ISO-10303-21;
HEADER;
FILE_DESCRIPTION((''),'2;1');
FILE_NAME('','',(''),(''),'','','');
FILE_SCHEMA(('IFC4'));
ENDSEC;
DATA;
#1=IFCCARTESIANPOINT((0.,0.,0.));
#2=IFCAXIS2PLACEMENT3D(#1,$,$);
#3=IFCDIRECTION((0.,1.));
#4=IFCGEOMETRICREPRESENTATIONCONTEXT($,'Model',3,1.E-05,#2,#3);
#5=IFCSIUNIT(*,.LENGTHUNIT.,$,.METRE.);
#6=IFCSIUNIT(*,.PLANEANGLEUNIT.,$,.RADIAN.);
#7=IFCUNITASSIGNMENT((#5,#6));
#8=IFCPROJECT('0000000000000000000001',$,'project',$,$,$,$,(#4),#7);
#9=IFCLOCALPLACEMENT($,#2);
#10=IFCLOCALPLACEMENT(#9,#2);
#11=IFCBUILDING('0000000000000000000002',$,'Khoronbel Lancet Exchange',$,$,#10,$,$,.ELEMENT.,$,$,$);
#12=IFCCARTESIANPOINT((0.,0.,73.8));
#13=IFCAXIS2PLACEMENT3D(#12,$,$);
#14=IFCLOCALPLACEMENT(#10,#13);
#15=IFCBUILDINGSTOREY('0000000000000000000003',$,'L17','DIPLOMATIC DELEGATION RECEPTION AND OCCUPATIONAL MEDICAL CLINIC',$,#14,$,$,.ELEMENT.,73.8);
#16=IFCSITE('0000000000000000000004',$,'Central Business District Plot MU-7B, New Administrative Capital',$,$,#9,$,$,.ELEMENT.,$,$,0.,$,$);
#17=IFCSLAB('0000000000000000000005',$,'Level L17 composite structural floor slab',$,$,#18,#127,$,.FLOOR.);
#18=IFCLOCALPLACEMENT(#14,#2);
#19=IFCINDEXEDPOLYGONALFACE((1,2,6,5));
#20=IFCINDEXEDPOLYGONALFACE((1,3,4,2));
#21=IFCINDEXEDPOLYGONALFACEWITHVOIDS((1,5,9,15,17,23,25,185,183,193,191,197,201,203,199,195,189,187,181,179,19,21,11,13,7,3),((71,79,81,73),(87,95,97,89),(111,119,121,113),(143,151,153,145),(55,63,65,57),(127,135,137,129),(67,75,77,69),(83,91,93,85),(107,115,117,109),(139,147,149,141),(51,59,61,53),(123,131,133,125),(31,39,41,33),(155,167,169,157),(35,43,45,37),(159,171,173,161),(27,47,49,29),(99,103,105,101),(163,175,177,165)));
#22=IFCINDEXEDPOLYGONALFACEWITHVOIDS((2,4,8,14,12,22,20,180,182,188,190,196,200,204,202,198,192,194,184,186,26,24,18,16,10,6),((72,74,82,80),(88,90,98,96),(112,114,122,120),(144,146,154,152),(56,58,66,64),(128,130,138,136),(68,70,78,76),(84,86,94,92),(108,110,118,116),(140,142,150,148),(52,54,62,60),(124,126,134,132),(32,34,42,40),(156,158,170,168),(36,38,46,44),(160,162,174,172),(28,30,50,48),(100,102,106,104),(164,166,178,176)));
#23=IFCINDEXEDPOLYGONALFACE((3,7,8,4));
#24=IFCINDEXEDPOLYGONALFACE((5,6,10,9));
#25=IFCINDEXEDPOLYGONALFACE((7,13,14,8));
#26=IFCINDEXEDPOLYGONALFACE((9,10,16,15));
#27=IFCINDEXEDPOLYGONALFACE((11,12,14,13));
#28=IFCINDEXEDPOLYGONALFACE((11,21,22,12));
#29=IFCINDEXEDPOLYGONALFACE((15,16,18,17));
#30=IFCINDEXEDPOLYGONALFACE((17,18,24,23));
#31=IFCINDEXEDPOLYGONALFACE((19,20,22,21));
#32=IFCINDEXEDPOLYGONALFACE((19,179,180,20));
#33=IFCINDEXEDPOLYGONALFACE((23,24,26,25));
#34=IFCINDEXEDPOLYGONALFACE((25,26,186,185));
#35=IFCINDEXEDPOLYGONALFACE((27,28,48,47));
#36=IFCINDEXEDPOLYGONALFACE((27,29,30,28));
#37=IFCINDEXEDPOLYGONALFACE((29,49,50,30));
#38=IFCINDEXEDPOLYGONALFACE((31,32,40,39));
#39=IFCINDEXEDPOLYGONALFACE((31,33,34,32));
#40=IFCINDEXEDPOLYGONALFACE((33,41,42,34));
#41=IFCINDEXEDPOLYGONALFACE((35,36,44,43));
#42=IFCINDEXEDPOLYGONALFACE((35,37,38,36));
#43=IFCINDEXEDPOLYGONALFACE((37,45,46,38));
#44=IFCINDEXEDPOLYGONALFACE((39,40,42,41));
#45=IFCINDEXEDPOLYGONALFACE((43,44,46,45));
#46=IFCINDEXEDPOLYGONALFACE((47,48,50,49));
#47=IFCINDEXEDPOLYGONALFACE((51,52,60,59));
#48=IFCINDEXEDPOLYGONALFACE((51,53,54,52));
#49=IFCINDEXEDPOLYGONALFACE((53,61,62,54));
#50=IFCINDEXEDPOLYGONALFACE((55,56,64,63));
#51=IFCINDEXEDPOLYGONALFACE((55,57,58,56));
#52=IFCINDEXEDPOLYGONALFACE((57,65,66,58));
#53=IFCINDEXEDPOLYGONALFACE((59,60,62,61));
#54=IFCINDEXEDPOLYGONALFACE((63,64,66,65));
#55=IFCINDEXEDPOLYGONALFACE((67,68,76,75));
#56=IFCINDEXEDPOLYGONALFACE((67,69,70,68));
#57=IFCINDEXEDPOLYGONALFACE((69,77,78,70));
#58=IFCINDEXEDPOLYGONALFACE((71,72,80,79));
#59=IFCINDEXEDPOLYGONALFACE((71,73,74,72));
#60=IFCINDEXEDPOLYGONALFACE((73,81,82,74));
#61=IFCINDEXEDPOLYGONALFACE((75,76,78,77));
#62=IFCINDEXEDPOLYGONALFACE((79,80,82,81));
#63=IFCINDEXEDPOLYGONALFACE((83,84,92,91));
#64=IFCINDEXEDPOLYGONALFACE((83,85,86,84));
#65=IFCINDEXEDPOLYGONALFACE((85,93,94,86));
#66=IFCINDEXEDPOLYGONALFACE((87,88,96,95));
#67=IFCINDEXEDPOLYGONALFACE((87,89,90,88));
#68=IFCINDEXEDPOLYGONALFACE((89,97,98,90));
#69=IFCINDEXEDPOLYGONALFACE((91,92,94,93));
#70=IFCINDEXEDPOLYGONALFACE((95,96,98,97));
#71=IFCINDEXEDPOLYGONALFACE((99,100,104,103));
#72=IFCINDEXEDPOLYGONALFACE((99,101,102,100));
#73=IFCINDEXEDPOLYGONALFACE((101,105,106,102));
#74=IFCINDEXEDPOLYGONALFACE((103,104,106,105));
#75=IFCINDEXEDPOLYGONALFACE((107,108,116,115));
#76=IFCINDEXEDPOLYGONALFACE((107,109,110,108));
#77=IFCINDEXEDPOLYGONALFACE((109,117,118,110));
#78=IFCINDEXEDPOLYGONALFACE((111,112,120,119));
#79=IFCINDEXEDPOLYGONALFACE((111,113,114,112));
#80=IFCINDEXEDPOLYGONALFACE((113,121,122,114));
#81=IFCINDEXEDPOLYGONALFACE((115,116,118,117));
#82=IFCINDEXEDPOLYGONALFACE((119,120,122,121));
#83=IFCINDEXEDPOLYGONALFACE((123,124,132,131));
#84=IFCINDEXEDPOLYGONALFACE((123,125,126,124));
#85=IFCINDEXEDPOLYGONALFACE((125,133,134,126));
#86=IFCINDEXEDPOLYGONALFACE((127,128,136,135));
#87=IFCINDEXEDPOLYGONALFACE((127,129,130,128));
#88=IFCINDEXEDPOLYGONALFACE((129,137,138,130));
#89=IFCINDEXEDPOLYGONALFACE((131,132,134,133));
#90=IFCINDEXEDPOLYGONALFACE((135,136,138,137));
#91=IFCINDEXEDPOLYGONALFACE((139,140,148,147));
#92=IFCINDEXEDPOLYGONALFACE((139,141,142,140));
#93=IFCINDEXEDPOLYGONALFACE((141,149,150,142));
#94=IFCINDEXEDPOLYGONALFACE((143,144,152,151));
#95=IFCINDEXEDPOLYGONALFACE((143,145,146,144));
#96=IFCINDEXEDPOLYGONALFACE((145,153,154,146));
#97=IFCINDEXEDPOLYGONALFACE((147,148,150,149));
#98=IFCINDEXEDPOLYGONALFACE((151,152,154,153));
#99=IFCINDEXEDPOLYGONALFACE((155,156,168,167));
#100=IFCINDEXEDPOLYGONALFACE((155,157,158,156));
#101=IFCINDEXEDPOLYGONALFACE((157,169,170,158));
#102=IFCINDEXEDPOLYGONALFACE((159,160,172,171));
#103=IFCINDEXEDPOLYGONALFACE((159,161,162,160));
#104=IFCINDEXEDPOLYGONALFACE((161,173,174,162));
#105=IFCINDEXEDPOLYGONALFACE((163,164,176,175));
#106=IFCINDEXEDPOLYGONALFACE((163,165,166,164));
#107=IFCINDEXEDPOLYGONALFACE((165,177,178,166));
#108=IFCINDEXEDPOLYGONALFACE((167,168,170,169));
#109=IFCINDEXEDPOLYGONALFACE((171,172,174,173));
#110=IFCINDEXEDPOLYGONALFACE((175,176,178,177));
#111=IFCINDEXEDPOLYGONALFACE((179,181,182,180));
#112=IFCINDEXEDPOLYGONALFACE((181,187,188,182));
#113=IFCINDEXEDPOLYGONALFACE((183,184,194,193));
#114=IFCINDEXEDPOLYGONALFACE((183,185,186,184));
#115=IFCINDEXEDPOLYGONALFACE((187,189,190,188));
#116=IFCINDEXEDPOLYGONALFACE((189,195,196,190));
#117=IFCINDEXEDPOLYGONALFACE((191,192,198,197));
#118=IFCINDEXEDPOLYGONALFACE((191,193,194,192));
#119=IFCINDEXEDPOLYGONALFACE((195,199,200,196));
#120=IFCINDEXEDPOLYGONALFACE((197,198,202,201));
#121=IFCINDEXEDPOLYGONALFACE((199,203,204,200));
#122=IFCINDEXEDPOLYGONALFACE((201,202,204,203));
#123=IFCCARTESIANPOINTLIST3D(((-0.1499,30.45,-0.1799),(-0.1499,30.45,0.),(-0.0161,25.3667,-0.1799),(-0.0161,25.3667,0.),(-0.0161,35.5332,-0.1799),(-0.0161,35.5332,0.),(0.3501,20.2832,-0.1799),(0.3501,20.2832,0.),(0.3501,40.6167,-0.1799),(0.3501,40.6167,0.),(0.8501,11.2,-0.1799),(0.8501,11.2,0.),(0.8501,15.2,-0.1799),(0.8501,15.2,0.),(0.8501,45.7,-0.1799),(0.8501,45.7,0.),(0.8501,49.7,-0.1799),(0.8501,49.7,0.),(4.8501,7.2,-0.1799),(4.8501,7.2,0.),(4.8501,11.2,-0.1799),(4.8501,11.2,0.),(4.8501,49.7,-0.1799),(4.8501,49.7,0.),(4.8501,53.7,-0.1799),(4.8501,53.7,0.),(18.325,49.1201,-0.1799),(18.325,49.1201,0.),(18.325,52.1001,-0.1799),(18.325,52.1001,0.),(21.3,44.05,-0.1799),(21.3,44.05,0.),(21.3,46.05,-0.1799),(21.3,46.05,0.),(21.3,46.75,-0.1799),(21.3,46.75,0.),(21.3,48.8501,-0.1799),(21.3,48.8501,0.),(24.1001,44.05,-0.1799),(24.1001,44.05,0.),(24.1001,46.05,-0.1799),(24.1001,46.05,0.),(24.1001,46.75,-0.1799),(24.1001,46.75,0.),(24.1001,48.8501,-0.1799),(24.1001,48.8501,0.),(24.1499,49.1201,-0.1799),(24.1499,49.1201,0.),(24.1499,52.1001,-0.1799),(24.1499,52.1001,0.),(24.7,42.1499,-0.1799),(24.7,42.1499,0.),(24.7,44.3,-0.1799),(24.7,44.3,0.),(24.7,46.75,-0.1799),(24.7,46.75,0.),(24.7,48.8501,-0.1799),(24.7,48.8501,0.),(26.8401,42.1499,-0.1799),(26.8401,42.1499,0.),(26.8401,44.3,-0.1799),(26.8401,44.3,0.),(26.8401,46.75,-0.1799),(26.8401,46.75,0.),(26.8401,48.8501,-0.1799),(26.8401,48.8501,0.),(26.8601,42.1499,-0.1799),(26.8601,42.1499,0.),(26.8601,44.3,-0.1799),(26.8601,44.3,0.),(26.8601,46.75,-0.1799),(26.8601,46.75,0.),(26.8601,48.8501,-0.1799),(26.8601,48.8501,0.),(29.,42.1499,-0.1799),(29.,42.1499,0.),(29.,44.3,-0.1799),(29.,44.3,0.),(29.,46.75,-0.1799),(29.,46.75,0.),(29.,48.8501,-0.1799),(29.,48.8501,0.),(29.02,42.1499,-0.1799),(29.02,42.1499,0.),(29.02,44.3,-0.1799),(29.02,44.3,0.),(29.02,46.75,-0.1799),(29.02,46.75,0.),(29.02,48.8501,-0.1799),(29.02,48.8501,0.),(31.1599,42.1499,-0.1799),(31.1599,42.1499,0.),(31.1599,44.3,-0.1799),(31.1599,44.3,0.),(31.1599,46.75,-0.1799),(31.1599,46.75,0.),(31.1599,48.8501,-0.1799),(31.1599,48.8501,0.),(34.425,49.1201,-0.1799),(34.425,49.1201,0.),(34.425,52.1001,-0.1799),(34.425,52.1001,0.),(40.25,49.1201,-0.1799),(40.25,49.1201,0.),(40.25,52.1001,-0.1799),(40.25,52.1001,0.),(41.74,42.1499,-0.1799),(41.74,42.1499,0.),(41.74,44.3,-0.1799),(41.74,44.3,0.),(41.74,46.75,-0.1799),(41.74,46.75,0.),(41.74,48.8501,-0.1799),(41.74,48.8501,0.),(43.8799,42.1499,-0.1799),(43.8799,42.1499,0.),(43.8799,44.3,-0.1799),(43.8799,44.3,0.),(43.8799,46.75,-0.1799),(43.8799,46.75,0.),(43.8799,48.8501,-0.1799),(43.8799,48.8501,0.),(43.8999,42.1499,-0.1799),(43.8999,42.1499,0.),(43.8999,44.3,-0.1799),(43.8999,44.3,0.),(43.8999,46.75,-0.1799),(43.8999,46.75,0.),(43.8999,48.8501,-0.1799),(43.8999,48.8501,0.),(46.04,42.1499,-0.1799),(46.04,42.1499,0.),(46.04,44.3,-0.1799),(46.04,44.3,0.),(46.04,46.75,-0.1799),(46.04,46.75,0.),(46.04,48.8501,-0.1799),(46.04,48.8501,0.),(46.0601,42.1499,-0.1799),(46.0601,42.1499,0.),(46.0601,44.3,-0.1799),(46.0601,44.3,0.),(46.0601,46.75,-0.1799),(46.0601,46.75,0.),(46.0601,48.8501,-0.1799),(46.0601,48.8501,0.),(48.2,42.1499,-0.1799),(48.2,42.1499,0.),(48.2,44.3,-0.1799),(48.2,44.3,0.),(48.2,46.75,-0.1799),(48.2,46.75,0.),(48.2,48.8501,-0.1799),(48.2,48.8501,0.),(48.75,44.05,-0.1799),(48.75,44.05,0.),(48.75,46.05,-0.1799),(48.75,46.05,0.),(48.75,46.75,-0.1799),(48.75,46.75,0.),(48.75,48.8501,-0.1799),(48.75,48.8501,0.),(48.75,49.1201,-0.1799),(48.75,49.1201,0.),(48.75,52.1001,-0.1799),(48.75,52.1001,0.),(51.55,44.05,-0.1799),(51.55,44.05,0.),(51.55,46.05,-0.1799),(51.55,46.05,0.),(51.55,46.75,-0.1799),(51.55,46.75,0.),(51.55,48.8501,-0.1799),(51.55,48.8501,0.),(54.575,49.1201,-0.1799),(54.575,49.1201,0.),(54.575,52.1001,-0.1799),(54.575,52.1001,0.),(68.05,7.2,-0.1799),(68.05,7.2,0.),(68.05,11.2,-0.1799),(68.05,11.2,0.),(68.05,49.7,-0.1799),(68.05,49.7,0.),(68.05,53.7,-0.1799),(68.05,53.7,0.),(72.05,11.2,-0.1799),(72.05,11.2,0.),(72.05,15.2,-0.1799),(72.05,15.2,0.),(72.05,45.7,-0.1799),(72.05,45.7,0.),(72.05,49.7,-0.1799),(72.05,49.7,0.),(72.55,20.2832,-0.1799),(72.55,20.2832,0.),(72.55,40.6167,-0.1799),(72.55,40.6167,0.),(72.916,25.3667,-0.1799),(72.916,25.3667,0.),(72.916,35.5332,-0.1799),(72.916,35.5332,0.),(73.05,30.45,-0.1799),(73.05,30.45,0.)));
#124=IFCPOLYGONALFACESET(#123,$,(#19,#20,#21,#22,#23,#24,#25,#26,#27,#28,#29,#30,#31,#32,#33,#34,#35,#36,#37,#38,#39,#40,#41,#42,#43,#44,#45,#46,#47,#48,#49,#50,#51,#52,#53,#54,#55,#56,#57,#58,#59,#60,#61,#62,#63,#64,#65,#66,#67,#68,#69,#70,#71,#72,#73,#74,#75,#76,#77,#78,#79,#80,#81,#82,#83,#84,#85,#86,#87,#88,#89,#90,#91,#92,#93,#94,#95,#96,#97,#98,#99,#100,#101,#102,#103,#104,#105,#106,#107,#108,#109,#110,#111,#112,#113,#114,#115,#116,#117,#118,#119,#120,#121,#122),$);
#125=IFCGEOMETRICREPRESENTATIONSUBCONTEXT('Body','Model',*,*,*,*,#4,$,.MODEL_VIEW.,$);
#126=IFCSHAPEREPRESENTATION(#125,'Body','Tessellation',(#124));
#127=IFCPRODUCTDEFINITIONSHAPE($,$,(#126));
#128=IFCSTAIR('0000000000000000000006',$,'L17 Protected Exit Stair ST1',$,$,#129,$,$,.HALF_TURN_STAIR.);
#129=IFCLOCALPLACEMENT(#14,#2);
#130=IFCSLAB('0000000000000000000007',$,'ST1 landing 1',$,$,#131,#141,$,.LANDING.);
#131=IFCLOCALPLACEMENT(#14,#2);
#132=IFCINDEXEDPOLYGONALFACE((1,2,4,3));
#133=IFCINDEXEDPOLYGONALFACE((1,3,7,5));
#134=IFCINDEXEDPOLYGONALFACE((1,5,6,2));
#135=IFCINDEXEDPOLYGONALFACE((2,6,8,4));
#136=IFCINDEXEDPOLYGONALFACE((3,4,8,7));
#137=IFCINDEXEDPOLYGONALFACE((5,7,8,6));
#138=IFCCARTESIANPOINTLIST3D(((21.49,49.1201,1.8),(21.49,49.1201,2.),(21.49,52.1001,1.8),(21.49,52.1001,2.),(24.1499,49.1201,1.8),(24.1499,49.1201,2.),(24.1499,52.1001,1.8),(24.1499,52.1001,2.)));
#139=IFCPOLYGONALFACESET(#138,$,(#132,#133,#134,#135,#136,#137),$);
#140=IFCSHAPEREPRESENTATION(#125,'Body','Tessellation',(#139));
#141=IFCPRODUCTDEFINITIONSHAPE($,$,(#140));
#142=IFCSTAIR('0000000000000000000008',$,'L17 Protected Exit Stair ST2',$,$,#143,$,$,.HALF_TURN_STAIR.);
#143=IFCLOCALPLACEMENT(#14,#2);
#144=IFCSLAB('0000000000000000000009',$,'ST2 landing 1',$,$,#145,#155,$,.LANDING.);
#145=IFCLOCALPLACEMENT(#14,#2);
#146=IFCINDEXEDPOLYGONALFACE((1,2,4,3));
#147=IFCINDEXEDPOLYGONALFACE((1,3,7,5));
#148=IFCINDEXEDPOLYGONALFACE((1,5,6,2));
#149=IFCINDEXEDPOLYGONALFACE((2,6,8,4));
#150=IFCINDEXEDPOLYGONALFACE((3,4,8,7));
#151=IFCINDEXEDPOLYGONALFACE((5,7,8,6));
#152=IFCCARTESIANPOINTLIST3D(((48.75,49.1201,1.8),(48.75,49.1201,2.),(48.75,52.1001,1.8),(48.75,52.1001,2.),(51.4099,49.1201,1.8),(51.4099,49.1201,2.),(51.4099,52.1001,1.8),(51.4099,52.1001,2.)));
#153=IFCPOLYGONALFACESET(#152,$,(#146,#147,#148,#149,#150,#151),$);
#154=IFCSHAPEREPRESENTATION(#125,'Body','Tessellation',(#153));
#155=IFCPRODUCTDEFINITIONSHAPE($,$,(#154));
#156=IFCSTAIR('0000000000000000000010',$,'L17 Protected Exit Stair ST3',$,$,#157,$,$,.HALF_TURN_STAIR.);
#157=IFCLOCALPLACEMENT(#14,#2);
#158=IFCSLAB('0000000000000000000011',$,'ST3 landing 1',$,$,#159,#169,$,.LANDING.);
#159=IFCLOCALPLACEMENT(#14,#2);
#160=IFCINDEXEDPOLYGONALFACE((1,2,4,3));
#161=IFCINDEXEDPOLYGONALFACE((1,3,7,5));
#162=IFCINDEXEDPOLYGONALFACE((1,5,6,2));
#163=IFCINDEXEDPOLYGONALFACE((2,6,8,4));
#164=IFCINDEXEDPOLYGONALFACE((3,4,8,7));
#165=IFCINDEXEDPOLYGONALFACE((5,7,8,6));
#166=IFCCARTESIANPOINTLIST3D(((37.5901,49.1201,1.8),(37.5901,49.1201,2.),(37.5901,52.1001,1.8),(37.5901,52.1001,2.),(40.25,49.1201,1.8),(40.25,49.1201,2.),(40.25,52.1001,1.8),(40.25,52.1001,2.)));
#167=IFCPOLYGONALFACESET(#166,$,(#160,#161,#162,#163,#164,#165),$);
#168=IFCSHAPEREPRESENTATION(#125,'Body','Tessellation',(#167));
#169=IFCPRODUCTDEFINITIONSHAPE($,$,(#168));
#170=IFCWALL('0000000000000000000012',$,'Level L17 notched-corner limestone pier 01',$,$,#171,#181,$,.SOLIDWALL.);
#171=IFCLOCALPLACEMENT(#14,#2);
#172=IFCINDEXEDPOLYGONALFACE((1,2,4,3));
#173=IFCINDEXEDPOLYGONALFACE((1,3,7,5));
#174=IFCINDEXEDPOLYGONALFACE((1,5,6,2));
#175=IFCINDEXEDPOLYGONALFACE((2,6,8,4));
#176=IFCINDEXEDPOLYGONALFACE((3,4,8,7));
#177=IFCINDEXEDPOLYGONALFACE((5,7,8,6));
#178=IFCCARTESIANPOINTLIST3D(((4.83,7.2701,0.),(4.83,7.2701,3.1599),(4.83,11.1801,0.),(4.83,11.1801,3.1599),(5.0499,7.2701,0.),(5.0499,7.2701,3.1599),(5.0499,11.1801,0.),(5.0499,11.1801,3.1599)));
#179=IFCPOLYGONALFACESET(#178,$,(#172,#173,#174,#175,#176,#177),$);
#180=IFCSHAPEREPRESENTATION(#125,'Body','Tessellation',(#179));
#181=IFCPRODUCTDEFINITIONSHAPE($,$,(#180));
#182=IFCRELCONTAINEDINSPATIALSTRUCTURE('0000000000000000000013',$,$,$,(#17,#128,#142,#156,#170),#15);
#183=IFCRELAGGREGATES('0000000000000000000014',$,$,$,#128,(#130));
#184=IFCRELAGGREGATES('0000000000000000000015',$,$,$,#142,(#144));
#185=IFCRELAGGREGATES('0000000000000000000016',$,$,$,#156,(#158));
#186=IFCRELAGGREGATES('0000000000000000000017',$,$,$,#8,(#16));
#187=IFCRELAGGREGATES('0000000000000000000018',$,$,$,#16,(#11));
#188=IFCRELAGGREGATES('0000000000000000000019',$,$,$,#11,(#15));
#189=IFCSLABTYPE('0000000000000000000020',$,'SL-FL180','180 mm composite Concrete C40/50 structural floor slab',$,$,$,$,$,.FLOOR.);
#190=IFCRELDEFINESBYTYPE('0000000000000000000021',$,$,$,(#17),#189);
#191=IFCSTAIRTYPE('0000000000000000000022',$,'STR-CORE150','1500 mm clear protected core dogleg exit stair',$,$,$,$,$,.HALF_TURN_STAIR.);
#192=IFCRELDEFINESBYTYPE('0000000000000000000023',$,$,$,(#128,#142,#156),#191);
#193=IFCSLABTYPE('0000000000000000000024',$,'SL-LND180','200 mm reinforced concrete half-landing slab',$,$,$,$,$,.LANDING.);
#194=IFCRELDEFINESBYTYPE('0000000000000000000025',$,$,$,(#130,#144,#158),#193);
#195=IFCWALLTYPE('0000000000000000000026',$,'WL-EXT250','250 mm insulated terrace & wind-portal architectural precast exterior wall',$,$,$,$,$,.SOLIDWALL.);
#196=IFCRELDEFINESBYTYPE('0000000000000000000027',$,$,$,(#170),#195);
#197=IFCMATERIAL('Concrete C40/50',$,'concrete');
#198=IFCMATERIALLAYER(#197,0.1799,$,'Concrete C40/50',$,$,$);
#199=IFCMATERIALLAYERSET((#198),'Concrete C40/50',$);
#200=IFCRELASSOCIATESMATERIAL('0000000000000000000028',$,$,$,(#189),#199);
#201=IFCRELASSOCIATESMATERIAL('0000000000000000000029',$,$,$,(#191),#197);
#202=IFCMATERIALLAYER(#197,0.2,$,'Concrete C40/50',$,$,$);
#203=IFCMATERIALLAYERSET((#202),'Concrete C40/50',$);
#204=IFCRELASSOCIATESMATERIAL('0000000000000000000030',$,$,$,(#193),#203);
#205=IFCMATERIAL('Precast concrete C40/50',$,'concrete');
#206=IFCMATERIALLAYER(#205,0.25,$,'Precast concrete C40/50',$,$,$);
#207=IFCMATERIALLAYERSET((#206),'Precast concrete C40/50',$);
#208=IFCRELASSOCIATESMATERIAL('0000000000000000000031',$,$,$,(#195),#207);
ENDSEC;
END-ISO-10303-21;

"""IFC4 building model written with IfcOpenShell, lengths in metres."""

from ifc_helpers import new_model, si_unit, direction, frame, frame_2d, origin, place, context, subcontext, project, spatial, polyline, rectangle, outline, extrude, material, layer, layer_set, type_object, element, aggregate, save


model = new_model("IFC4")

# Units and contexts
model_context = context("Model", 3, precision=1e-05, world=origin(), true_north=direction((0.0, 1.0)))
body_context = subcontext(model_context, "Body", "Model", "MODEL_VIEW")
ifc_project = project(units=[si_unit("LENGTHUNIT", "METRE"), si_unit("PLANEANGLEUNIT", "RADIAN")], contexts=[model_context])

# Site, building, storey
site_placement = place(None, origin())
site = spatial("IfcSite", under=ifc_project, at=site_placement, Name="Central Business District Plot MU-7B, New Administrative Capital", CompositionType="ELEMENT", RefElevation=0.0)
building_placement = place(site_placement, origin())
building = spatial("IfcBuilding", under=site, at=building_placement, Name="Khoronbel Lancet Exchange", CompositionType="ELEMENT")
storey_placement = place(building_placement, frame((0.0, 0.0, 73.8)))
storey = spatial("IfcBuildingStorey", under=building, at=storey_placement, Name="L17", Description="DIPLOMATIC DELEGATION RECEPTION AND OCCUPATIONAL MEDICAL CLINIC", CompositionType="ELEMENT", Elevation=73.8)

# Slab
ifc_material_1 = material(Name="Concrete C40/50", Category="concrete")
ifc_layer_1 = layer(ifc_material_1, 0.1799, Name="Concrete C40/50")
ifc_layer_set_1 = layer_set([ifc_layer_1], Name="Concrete C40/50")
slab_type_1 = type_object("IfcSlabType", Name="SL-FL180", Description="180 mm composite Concrete C40/50 structural floor slab", PredefinedType="FLOOR", material=ifc_layer_set_1)
slab_1_placement = place(storey_placement, frame((0.0, 0.0, -0.1799)))
element("IfcSlab", 1, at=slab_1_placement, inside=storey, type_object=slab_type_1, Name="Level L17 composite structural floor slab", PredefinedType="FLOOR", context=body_context, shape_type="SweptSolid", body=[
    extrude(outline(polyline([(4.8501, 7.2), (68.05, 7.2), (68.05, 11.2), (72.05, 11.2), (72.05, 15.2), (72.55, 20.2832), (72.916, 25.3667), (73.05, 30.45), (72.916, 35.5332), (72.55, 40.6167), (72.05, 45.7), (72.05, 49.7), (68.05, 49.7), (68.05, 53.7), (4.8501, 53.7), (4.8501, 49.7), (0.8501, 49.7), (0.8501, 45.7), (0.3501, 40.6167), (-0.0161, 35.5332), (-0.1499, 30.45), (-0.0161, 25.3667), (0.3501, 20.2832), (0.8501, 15.2), (0.8501, 11.2), (4.8501, 11.2), (4.8501, 7.2)]), holes=[polyline([(18.325, 49.1201), (24.1499, 49.1201), (24.1499, 52.1001), (18.325, 52.1001), (18.325, 49.1201)]), polyline([(48.75, 49.1201), (54.575, 49.1201), (54.575, 52.1001), (48.75, 52.1001), (48.75, 49.1201)]), polyline([(34.425, 49.1201), (40.25, 49.1201), (40.25, 52.1001), (34.425, 52.1001), (34.425, 49.1201)]), polyline([(24.7, 46.75), (26.8401, 46.75), (26.8401, 48.8501), (24.7, 48.8501), (24.7, 46.75)]), polyline([(26.8601, 46.75), (29.0, 46.75), (29.0, 48.8501), (26.8601, 48.8501), (26.8601, 46.75)]), polyline([(29.02, 46.75), (31.1599, 46.75), (31.1599, 48.8501), (29.02, 48.8501), (29.02, 46.75)]), polyline([(24.7, 42.1499), (26.8401, 42.1499), (26.8401, 44.3), (24.7, 44.3), (24.7, 42.1499)]), polyline([(26.8601, 42.1499), (29.0, 42.1499), (29.0, 44.3), (26.8601, 44.3), (26.8601, 42.1499)]), polyline([(29.02, 42.1499), (31.1599, 42.1499), (31.1599, 44.3), (29.02, 44.3), (29.02, 42.1499)]), polyline([(41.74, 46.75), (43.8799, 46.75), (43.8799, 48.8501), (41.74, 48.8501), (41.74, 46.75)]), polyline([(43.8999, 46.75), (46.04, 46.75), (46.04, 48.8501), (43.8999, 48.8501), (43.8999, 46.75)]), polyline([(46.0601, 46.75), (48.2, 46.75), (48.2, 48.8501), (46.0601, 48.8501), (46.0601, 46.75)]), polyline([(41.74, 42.1499), (43.8799, 42.1499), (43.8799, 44.3), (41.74, 44.3), (41.74, 42.1499)]), polyline([(43.8999, 42.1499), (46.04, 42.1499), (46.04, 44.3), (43.8999, 44.3), (43.8999, 42.1499)]), polyline([(46.0601, 42.1499), (48.2, 42.1499), (48.2, 44.3), (46.0601, 44.3), (46.0601, 42.1499)]), polyline([(21.3, 46.75), (24.1001, 46.75), (24.1001, 48.8501), (21.3, 48.8501), (21.3, 46.75)]), polyline([(48.75, 46.75), (51.55, 46.75), (51.55, 48.8501), (48.75, 48.8501), (48.75, 46.75)]), polyline([(21.3, 44.05), (24.1001, 44.05), (24.1001, 46.05), (21.3, 46.05), (21.3, 44.05)]), polyline([(48.75, 44.05), (51.55, 44.05), (51.55, 46.05), (48.75, 46.05), (48.75, 44.05)])]), origin(), (0.0, 0.0, 1.0), 0.1799),
])

# Stairs, slabs
stair_type = type_object("IfcStairType", Name="STR-CORE150", Description="1500 mm clear protected core dogleg exit stair", PredefinedType="HALF_TURN_STAIR", material=ifc_material_1)
stair_1_placement = place(storey_placement, origin())
stair_1 = element("IfcStair", 2, at=stair_1_placement, inside=storey, type_object=stair_type, Name="L17 Protected Exit Stair ST1", PredefinedType="HALF_TURN_STAIR")
ifc_layer_2 = layer(ifc_material_1, 0.2, Name="Concrete C40/50")
ifc_layer_set_2 = layer_set([ifc_layer_2], Name="Concrete C40/50")
slab_type_2 = type_object("IfcSlabType", Name="SL-LND180", Description="200 mm reinforced concrete half-landing slab", PredefinedType="LANDING", material=ifc_layer_set_2)
slab_2_placement = place(storey_placement, frame((0.0, 0.0, 1.8)))
slab_2 = element("IfcSlab", 3, at=slab_2_placement, type_object=slab_type_2, Name="ST1 landing 1", PredefinedType="LANDING", context=body_context, shape_type="SweptSolid", body=[
    extrude(outline(polyline([(21.49, 49.1201), (24.1499, 49.1201), (24.1499, 52.1001), (21.49, 52.1001), (21.49, 49.1201)])), origin(), (0.0, 0.0, 1.0), 0.2),
])
aggregate(stair_1, [slab_2])
stair_2_placement = place(storey_placement, origin())
stair_2 = element("IfcStair", 4, at=stair_2_placement, inside=storey, type_object=stair_type, Name="L17 Protected Exit Stair ST2", PredefinedType="HALF_TURN_STAIR")
slab_3_placement = place(storey_placement, frame((0.0, 0.0, 1.8)))
slab_3 = element("IfcSlab", 5, at=slab_3_placement, type_object=slab_type_2, Name="ST2 landing 1", PredefinedType="LANDING", context=body_context, shape_type="SweptSolid", body=[
    extrude(outline(polyline([(51.4099, 52.1001), (48.75, 52.1001), (48.75, 49.1201), (51.4099, 49.1201), (51.4099, 52.1001)])), origin(), (0.0, 0.0, 1.0), 0.2),
])
aggregate(stair_2, [slab_3])
stair_3_placement = place(storey_placement, origin())
stair_3 = element("IfcStair", 6, at=stair_3_placement, inside=storey, type_object=stair_type, Name="L17 Protected Exit Stair ST3", PredefinedType="HALF_TURN_STAIR")
slab_4_placement = place(storey_placement, frame((0.0, 0.0, 1.8)))
slab_4 = element("IfcSlab", 7, at=slab_4_placement, type_object=slab_type_2, Name="ST3 landing 1", PredefinedType="LANDING", context=body_context, shape_type="SweptSolid", body=[
    extrude(outline(polyline([(37.5901, 49.1201), (40.25, 49.1201), (40.25, 52.1001), (37.5901, 52.1001), (37.5901, 49.1201)])), origin(), (0.0, 0.0, 1.0), 0.2),
])
aggregate(stair_3, [slab_4])

# Wall
ifc_material_2 = material(Name="Precast concrete C40/50", Category="concrete")
ifc_layer_3 = layer(ifc_material_2, 0.25, Name="Precast concrete C40/50")
ifc_layer_set_3 = layer_set([ifc_layer_3], Name="Precast concrete C40/50")
wall_type_1 = type_object("IfcWallType", Name="WL-EXT250", Description="250 mm insulated terrace & wind-portal architectural precast exterior wall", PredefinedType="SOLIDWALL", material=ifc_layer_set_3)
wall_1_placement = place(storey_placement, frame((4.9399, 7.27, 0.0), z_axis=(0.0, 0.0, 1.0), x_axis=(0.0, 1.0, 0.0)))
element("IfcWall", 8, at=wall_1_placement, inside=storey, type_object=wall_type_1, Name="Level L17 notched-corner limestone pier 01", PredefinedType="SOLIDWALL", context=body_context, shape_type="SweptSolid", body=[
    extrude(rectangle(XDim=3.9099, YDim=0.22, at=frame_2d((1.9551, 0.0))), origin(), (0.0, 0.0, 1.0), 3.1599),
])

save(model, "model.ifc")
